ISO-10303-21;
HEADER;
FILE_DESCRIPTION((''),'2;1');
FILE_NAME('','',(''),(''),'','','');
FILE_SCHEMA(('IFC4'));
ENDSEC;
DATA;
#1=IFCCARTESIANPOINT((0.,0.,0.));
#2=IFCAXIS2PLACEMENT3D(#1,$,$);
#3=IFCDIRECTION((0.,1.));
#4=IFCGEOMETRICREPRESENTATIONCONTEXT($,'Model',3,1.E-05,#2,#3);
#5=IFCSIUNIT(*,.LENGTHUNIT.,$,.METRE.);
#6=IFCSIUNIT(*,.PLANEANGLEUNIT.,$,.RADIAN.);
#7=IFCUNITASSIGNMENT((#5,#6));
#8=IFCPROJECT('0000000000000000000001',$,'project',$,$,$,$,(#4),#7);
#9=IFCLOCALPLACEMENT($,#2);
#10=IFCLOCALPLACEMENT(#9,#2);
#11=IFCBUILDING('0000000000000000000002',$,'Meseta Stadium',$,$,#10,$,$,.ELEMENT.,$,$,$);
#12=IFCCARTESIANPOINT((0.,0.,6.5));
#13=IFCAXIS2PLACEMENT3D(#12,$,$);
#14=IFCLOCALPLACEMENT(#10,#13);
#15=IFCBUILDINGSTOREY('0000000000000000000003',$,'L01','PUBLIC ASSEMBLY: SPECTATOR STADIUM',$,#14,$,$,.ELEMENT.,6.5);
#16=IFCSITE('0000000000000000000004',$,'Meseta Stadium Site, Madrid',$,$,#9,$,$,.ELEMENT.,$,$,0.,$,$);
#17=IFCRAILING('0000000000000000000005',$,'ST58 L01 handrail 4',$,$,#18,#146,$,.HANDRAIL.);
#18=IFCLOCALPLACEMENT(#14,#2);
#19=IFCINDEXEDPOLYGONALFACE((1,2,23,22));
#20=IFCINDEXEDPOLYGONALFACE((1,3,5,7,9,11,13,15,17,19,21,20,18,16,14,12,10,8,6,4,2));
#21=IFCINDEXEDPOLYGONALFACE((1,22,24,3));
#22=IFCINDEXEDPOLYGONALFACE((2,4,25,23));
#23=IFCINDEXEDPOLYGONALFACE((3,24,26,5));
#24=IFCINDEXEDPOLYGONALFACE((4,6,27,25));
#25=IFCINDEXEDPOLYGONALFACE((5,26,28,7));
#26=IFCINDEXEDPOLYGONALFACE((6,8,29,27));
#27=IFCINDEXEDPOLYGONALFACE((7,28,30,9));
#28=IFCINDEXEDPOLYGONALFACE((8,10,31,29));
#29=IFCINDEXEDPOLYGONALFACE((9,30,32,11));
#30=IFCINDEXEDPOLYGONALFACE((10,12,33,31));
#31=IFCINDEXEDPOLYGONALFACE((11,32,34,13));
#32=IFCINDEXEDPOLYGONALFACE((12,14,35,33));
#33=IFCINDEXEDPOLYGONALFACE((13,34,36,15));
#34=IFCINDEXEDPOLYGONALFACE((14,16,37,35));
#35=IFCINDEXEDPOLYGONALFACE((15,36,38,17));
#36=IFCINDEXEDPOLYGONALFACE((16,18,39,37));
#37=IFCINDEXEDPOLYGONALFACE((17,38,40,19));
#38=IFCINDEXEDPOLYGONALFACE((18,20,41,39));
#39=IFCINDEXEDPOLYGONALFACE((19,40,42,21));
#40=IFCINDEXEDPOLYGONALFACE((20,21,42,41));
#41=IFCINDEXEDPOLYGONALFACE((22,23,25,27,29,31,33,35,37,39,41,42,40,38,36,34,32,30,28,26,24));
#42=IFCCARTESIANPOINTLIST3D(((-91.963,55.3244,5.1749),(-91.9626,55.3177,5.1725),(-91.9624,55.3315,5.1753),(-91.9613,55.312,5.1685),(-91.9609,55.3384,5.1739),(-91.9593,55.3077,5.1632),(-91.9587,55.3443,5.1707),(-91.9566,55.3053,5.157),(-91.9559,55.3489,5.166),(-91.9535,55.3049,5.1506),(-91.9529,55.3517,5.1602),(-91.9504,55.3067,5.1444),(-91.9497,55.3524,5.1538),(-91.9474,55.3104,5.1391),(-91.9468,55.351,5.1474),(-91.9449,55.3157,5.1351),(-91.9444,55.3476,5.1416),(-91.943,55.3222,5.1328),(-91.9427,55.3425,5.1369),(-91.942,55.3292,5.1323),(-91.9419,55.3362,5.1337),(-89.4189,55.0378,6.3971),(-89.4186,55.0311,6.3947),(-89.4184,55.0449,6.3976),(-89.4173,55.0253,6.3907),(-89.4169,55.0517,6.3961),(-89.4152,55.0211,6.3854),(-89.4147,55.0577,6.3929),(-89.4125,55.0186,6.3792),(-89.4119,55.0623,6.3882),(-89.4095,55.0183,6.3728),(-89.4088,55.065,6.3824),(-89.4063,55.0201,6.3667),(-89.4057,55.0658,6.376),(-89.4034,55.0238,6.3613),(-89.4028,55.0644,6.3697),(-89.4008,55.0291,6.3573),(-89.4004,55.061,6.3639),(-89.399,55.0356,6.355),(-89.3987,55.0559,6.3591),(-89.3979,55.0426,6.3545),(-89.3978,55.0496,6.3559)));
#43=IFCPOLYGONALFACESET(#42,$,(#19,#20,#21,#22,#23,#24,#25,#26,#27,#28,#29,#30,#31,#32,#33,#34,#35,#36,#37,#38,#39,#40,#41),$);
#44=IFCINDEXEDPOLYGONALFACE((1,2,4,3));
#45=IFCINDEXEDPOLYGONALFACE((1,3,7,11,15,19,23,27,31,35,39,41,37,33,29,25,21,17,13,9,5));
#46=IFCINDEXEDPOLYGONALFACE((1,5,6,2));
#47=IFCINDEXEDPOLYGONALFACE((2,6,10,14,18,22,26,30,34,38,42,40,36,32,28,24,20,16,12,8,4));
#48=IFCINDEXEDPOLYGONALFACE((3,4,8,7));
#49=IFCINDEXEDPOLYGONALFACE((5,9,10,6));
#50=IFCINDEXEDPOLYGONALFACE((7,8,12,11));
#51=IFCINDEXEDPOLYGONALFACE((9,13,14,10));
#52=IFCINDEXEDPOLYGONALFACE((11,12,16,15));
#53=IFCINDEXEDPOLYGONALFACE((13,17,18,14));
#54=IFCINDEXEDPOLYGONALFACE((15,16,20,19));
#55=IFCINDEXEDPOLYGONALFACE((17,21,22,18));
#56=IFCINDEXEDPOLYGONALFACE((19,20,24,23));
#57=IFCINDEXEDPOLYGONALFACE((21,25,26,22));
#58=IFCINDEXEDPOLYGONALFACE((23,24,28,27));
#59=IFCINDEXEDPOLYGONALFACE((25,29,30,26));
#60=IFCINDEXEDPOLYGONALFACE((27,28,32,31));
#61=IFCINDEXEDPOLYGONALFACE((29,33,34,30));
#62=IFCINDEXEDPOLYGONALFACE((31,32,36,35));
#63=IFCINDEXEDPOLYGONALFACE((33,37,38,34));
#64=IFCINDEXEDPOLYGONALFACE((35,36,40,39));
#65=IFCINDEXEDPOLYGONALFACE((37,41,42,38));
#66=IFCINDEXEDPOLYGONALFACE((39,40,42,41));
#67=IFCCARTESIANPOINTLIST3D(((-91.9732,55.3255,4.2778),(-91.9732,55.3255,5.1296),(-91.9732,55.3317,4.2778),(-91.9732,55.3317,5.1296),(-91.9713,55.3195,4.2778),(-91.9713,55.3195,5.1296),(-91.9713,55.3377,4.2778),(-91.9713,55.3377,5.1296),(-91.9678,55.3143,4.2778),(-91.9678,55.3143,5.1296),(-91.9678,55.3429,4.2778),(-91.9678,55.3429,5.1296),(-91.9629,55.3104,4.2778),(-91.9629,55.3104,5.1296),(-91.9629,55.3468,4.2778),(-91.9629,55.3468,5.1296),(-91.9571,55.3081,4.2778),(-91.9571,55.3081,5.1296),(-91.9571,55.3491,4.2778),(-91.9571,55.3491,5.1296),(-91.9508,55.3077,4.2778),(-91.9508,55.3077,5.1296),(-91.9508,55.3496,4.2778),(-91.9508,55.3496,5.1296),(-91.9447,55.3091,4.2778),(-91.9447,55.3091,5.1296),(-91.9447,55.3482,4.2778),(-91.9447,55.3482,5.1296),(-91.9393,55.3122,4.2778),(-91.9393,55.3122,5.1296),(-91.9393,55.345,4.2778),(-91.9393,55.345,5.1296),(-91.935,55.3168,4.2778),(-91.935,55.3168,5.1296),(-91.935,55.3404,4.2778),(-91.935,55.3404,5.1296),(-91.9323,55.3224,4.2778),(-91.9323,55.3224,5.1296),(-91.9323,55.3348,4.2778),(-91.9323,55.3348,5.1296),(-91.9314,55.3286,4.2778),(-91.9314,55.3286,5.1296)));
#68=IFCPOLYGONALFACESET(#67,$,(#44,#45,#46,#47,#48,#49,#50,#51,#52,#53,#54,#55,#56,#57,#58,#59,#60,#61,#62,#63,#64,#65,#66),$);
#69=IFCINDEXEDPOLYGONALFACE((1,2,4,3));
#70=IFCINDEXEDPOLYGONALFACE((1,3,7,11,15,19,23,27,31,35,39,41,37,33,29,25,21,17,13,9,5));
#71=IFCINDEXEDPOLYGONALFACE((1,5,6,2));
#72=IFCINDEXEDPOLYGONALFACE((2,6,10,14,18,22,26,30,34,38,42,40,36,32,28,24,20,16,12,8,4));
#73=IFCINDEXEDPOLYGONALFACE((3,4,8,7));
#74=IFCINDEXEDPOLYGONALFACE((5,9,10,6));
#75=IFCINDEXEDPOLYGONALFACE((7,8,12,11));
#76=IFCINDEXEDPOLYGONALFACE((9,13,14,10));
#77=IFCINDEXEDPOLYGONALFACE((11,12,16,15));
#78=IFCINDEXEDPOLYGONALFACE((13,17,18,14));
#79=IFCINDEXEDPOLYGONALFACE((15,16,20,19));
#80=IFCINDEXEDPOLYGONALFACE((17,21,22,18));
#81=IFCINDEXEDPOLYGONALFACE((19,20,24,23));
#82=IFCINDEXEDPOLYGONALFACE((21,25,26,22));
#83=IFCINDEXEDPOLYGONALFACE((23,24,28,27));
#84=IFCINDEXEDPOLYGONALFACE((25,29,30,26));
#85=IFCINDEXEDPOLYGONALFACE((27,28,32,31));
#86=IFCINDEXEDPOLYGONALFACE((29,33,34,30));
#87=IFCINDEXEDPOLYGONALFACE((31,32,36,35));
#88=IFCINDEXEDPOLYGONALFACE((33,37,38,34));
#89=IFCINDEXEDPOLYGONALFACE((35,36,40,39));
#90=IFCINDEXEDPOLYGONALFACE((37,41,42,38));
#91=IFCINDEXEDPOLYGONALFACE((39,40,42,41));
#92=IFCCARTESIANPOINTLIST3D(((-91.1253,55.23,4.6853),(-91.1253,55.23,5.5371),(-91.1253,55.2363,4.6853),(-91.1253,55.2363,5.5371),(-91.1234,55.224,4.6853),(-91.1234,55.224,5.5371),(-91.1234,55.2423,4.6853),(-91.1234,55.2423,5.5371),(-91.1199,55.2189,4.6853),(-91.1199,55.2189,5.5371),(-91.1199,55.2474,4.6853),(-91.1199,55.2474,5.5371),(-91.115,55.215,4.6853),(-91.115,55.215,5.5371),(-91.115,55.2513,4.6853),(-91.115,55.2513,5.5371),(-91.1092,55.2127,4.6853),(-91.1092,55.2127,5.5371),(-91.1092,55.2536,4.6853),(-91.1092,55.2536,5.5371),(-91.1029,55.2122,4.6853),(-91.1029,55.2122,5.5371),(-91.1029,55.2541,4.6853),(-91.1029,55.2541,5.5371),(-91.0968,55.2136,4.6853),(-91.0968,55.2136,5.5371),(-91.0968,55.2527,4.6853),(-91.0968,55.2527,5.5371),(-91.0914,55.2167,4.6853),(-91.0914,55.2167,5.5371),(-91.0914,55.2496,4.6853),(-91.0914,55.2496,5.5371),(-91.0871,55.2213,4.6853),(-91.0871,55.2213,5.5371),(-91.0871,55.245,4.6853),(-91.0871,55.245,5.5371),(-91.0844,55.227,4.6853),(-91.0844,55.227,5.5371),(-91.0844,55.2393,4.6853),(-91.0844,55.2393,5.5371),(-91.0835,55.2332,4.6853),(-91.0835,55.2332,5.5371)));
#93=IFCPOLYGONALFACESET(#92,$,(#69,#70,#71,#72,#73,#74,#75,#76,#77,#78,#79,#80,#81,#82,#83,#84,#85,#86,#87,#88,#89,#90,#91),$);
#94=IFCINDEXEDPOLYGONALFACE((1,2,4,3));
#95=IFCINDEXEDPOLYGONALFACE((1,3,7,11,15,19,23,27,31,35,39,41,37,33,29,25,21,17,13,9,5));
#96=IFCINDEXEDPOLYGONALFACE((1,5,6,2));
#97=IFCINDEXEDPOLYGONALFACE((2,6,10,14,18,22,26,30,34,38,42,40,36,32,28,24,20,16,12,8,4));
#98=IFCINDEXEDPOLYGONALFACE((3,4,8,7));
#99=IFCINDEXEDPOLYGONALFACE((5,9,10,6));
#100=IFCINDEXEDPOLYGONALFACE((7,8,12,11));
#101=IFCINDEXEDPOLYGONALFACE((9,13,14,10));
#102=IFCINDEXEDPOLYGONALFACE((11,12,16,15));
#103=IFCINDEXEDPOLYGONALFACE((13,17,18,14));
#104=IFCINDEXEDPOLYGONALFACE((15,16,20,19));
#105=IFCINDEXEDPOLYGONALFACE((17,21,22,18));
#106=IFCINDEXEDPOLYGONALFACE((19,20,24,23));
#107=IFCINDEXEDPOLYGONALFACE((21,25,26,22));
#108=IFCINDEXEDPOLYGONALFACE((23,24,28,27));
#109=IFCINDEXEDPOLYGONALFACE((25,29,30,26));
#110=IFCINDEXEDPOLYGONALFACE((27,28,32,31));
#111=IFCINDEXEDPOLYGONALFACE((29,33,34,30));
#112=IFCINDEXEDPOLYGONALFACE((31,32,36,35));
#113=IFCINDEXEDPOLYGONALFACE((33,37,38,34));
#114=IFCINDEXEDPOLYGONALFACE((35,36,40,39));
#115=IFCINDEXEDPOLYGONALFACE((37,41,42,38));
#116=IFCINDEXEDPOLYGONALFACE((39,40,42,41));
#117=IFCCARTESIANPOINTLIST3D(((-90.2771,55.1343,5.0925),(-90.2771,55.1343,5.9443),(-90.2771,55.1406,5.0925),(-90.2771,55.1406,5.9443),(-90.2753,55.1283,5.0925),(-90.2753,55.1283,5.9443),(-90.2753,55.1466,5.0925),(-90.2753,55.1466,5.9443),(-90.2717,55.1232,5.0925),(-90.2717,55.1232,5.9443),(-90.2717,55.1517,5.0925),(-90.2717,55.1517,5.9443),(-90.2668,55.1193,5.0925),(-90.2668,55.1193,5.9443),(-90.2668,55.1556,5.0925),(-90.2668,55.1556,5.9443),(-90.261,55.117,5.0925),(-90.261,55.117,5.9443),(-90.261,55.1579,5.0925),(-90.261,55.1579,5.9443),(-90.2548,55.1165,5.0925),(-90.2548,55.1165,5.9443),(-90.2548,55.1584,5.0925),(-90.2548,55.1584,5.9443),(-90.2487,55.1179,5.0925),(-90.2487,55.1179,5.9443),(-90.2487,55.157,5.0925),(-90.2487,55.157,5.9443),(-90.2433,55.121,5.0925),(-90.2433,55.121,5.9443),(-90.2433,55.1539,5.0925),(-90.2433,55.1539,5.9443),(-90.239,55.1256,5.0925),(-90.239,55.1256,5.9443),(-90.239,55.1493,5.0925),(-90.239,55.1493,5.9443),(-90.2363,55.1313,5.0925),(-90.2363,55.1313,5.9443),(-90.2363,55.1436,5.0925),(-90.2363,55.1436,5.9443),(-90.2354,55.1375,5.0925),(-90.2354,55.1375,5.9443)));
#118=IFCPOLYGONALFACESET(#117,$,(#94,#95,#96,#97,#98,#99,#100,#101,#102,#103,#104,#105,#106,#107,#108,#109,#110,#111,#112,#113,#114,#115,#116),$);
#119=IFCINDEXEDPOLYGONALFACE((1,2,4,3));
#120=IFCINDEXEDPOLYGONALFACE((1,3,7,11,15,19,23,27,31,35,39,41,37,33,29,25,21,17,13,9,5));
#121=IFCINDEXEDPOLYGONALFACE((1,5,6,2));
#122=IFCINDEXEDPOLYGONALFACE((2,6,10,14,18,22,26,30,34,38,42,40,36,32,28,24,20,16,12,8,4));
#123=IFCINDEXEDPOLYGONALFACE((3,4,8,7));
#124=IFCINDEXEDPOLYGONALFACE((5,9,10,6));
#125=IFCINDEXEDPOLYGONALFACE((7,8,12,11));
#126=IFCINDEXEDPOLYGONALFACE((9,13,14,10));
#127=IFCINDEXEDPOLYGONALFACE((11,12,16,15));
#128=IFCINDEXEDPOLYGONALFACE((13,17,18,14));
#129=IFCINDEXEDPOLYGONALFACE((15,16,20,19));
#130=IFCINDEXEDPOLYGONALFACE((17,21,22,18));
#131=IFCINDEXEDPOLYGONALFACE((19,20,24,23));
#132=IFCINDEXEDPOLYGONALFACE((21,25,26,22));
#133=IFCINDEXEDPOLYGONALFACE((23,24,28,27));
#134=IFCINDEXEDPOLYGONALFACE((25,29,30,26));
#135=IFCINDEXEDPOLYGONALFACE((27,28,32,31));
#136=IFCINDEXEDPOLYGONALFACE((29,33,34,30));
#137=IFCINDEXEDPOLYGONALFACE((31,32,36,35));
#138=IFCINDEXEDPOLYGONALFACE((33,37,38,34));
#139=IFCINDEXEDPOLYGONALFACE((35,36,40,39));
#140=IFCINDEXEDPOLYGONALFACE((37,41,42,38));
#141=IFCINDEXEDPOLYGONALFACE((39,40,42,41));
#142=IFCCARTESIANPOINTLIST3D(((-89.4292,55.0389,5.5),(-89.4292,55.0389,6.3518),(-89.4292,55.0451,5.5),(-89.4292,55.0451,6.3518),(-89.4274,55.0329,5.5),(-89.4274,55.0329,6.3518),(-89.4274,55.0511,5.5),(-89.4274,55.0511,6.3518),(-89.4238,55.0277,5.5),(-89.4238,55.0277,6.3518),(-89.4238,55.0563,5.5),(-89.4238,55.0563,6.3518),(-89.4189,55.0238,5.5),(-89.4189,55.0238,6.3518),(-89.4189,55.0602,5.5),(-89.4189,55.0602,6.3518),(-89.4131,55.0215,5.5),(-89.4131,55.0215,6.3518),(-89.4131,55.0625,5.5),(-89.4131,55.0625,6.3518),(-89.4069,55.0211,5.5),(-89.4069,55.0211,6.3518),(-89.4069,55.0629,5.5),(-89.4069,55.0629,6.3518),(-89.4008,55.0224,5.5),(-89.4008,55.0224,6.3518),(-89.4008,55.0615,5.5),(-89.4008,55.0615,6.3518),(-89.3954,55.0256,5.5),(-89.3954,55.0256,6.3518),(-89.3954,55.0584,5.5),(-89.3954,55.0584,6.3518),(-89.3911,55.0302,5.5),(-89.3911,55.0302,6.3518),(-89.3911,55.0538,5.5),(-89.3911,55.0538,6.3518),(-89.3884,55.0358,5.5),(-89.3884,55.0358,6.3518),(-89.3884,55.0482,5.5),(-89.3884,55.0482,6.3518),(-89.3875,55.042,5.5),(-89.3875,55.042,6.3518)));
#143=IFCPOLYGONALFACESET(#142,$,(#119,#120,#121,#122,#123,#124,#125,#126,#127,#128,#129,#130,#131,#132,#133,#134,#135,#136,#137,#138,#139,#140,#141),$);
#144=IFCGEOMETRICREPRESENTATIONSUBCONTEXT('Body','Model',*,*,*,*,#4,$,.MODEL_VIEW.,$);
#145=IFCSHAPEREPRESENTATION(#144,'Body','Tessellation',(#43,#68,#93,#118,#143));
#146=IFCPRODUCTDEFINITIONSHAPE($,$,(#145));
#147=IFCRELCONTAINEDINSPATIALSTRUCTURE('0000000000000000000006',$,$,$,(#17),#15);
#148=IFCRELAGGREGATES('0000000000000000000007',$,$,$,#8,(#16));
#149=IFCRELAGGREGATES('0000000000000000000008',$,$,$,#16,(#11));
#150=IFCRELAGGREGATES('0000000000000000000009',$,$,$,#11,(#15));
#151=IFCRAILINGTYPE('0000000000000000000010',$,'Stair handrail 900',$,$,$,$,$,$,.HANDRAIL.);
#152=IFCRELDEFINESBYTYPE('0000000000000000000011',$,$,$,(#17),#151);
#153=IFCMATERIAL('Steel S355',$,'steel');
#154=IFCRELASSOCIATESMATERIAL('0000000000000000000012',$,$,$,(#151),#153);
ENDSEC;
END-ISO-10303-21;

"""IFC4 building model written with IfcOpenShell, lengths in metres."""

from ifc_helpers import new_model, si_unit, direction, frame, origin, origin_2d, place, context, subcontext, project, spatial, circle, extrude, material, type_object, element, save


model = new_model("IFC4")

# Units and contexts
model_context = context("Model", 3, precision=1e-05, world=origin(), true_north=direction((0.0, 1.0)))
body_context = subcontext(model_context, "Body", "Model", "MODEL_VIEW")
ifc_project = project(units=[si_unit("LENGTHUNIT", "METRE"), si_unit("PLANEANGLEUNIT", "RADIAN")], contexts=[model_context])

# Site, building, storey
site_placement = place(None, origin())
site = spatial("IfcSite", under=ifc_project, at=site_placement, Name="Meseta Stadium Site, Madrid", CompositionType="ELEMENT", RefElevation=0.0)
building_placement = place(site_placement, origin())
building = spatial("IfcBuilding", under=site, at=building_placement, Name="Meseta Stadium", CompositionType="ELEMENT")
storey_placement = place(building_placement, frame((0.0, 0.0, 6.5)))
storey = spatial("IfcBuildingStorey", under=building, at=storey_placement, Name="L01", Description="PUBLIC ASSEMBLY: SPECTATOR STADIUM", CompositionType="ELEMENT", Elevation=6.5)

# Railing
ifc_material_1 = material(Name="Steel S355", Category="steel")
railing_type_1 = type_object("IfcRailingType", Name="Stair handrail 900", PredefinedType="HANDRAIL", material=ifc_material_1)
for number, where, name in (
    (1, (-91.9524, 55.3286, 4.2778), "ST58 L01 handrail 4"),
):
    element("IfcRailing", number, at=place(storey_placement, frame(where)), inside=storey, type_object=railing_type_1, Name=name, PredefinedType="HANDRAIL", context=body_context, shape_type="SweptSolid", body=[
        extrude(circle(Radius=0.0239, at=origin_2d()), frame((0.0, 0.0, 0.876), z_axis=(0.896762, -0.101036, 0.430824), x_axis=(0.11196, 0.993713, 0.0)), (0.0, 0.0, 1.0), 2.8369),
        extrude(circle(Radius=0.021, at=origin_2d()), origin(), (0.0, 0.0, 1.0), 0.8518),
        extrude(circle(Radius=0.021, at=origin_2d()), frame((0.8479, -0.0955, 0.4075)), (0.0, 0.0, 1.0), 0.8518),
        extrude(circle(Radius=0.021, at=origin_2d()), frame((1.696, -0.1912, 0.8147)), (0.0, 0.0, 1.0), 0.8518),
        extrude(circle(Radius=0.021, at=origin_2d()), frame((2.5439, -0.2866, 1.2222)), (0.0, 0.0, 1.0), 0.8518),
    ])

save(model, "model.ifc")
